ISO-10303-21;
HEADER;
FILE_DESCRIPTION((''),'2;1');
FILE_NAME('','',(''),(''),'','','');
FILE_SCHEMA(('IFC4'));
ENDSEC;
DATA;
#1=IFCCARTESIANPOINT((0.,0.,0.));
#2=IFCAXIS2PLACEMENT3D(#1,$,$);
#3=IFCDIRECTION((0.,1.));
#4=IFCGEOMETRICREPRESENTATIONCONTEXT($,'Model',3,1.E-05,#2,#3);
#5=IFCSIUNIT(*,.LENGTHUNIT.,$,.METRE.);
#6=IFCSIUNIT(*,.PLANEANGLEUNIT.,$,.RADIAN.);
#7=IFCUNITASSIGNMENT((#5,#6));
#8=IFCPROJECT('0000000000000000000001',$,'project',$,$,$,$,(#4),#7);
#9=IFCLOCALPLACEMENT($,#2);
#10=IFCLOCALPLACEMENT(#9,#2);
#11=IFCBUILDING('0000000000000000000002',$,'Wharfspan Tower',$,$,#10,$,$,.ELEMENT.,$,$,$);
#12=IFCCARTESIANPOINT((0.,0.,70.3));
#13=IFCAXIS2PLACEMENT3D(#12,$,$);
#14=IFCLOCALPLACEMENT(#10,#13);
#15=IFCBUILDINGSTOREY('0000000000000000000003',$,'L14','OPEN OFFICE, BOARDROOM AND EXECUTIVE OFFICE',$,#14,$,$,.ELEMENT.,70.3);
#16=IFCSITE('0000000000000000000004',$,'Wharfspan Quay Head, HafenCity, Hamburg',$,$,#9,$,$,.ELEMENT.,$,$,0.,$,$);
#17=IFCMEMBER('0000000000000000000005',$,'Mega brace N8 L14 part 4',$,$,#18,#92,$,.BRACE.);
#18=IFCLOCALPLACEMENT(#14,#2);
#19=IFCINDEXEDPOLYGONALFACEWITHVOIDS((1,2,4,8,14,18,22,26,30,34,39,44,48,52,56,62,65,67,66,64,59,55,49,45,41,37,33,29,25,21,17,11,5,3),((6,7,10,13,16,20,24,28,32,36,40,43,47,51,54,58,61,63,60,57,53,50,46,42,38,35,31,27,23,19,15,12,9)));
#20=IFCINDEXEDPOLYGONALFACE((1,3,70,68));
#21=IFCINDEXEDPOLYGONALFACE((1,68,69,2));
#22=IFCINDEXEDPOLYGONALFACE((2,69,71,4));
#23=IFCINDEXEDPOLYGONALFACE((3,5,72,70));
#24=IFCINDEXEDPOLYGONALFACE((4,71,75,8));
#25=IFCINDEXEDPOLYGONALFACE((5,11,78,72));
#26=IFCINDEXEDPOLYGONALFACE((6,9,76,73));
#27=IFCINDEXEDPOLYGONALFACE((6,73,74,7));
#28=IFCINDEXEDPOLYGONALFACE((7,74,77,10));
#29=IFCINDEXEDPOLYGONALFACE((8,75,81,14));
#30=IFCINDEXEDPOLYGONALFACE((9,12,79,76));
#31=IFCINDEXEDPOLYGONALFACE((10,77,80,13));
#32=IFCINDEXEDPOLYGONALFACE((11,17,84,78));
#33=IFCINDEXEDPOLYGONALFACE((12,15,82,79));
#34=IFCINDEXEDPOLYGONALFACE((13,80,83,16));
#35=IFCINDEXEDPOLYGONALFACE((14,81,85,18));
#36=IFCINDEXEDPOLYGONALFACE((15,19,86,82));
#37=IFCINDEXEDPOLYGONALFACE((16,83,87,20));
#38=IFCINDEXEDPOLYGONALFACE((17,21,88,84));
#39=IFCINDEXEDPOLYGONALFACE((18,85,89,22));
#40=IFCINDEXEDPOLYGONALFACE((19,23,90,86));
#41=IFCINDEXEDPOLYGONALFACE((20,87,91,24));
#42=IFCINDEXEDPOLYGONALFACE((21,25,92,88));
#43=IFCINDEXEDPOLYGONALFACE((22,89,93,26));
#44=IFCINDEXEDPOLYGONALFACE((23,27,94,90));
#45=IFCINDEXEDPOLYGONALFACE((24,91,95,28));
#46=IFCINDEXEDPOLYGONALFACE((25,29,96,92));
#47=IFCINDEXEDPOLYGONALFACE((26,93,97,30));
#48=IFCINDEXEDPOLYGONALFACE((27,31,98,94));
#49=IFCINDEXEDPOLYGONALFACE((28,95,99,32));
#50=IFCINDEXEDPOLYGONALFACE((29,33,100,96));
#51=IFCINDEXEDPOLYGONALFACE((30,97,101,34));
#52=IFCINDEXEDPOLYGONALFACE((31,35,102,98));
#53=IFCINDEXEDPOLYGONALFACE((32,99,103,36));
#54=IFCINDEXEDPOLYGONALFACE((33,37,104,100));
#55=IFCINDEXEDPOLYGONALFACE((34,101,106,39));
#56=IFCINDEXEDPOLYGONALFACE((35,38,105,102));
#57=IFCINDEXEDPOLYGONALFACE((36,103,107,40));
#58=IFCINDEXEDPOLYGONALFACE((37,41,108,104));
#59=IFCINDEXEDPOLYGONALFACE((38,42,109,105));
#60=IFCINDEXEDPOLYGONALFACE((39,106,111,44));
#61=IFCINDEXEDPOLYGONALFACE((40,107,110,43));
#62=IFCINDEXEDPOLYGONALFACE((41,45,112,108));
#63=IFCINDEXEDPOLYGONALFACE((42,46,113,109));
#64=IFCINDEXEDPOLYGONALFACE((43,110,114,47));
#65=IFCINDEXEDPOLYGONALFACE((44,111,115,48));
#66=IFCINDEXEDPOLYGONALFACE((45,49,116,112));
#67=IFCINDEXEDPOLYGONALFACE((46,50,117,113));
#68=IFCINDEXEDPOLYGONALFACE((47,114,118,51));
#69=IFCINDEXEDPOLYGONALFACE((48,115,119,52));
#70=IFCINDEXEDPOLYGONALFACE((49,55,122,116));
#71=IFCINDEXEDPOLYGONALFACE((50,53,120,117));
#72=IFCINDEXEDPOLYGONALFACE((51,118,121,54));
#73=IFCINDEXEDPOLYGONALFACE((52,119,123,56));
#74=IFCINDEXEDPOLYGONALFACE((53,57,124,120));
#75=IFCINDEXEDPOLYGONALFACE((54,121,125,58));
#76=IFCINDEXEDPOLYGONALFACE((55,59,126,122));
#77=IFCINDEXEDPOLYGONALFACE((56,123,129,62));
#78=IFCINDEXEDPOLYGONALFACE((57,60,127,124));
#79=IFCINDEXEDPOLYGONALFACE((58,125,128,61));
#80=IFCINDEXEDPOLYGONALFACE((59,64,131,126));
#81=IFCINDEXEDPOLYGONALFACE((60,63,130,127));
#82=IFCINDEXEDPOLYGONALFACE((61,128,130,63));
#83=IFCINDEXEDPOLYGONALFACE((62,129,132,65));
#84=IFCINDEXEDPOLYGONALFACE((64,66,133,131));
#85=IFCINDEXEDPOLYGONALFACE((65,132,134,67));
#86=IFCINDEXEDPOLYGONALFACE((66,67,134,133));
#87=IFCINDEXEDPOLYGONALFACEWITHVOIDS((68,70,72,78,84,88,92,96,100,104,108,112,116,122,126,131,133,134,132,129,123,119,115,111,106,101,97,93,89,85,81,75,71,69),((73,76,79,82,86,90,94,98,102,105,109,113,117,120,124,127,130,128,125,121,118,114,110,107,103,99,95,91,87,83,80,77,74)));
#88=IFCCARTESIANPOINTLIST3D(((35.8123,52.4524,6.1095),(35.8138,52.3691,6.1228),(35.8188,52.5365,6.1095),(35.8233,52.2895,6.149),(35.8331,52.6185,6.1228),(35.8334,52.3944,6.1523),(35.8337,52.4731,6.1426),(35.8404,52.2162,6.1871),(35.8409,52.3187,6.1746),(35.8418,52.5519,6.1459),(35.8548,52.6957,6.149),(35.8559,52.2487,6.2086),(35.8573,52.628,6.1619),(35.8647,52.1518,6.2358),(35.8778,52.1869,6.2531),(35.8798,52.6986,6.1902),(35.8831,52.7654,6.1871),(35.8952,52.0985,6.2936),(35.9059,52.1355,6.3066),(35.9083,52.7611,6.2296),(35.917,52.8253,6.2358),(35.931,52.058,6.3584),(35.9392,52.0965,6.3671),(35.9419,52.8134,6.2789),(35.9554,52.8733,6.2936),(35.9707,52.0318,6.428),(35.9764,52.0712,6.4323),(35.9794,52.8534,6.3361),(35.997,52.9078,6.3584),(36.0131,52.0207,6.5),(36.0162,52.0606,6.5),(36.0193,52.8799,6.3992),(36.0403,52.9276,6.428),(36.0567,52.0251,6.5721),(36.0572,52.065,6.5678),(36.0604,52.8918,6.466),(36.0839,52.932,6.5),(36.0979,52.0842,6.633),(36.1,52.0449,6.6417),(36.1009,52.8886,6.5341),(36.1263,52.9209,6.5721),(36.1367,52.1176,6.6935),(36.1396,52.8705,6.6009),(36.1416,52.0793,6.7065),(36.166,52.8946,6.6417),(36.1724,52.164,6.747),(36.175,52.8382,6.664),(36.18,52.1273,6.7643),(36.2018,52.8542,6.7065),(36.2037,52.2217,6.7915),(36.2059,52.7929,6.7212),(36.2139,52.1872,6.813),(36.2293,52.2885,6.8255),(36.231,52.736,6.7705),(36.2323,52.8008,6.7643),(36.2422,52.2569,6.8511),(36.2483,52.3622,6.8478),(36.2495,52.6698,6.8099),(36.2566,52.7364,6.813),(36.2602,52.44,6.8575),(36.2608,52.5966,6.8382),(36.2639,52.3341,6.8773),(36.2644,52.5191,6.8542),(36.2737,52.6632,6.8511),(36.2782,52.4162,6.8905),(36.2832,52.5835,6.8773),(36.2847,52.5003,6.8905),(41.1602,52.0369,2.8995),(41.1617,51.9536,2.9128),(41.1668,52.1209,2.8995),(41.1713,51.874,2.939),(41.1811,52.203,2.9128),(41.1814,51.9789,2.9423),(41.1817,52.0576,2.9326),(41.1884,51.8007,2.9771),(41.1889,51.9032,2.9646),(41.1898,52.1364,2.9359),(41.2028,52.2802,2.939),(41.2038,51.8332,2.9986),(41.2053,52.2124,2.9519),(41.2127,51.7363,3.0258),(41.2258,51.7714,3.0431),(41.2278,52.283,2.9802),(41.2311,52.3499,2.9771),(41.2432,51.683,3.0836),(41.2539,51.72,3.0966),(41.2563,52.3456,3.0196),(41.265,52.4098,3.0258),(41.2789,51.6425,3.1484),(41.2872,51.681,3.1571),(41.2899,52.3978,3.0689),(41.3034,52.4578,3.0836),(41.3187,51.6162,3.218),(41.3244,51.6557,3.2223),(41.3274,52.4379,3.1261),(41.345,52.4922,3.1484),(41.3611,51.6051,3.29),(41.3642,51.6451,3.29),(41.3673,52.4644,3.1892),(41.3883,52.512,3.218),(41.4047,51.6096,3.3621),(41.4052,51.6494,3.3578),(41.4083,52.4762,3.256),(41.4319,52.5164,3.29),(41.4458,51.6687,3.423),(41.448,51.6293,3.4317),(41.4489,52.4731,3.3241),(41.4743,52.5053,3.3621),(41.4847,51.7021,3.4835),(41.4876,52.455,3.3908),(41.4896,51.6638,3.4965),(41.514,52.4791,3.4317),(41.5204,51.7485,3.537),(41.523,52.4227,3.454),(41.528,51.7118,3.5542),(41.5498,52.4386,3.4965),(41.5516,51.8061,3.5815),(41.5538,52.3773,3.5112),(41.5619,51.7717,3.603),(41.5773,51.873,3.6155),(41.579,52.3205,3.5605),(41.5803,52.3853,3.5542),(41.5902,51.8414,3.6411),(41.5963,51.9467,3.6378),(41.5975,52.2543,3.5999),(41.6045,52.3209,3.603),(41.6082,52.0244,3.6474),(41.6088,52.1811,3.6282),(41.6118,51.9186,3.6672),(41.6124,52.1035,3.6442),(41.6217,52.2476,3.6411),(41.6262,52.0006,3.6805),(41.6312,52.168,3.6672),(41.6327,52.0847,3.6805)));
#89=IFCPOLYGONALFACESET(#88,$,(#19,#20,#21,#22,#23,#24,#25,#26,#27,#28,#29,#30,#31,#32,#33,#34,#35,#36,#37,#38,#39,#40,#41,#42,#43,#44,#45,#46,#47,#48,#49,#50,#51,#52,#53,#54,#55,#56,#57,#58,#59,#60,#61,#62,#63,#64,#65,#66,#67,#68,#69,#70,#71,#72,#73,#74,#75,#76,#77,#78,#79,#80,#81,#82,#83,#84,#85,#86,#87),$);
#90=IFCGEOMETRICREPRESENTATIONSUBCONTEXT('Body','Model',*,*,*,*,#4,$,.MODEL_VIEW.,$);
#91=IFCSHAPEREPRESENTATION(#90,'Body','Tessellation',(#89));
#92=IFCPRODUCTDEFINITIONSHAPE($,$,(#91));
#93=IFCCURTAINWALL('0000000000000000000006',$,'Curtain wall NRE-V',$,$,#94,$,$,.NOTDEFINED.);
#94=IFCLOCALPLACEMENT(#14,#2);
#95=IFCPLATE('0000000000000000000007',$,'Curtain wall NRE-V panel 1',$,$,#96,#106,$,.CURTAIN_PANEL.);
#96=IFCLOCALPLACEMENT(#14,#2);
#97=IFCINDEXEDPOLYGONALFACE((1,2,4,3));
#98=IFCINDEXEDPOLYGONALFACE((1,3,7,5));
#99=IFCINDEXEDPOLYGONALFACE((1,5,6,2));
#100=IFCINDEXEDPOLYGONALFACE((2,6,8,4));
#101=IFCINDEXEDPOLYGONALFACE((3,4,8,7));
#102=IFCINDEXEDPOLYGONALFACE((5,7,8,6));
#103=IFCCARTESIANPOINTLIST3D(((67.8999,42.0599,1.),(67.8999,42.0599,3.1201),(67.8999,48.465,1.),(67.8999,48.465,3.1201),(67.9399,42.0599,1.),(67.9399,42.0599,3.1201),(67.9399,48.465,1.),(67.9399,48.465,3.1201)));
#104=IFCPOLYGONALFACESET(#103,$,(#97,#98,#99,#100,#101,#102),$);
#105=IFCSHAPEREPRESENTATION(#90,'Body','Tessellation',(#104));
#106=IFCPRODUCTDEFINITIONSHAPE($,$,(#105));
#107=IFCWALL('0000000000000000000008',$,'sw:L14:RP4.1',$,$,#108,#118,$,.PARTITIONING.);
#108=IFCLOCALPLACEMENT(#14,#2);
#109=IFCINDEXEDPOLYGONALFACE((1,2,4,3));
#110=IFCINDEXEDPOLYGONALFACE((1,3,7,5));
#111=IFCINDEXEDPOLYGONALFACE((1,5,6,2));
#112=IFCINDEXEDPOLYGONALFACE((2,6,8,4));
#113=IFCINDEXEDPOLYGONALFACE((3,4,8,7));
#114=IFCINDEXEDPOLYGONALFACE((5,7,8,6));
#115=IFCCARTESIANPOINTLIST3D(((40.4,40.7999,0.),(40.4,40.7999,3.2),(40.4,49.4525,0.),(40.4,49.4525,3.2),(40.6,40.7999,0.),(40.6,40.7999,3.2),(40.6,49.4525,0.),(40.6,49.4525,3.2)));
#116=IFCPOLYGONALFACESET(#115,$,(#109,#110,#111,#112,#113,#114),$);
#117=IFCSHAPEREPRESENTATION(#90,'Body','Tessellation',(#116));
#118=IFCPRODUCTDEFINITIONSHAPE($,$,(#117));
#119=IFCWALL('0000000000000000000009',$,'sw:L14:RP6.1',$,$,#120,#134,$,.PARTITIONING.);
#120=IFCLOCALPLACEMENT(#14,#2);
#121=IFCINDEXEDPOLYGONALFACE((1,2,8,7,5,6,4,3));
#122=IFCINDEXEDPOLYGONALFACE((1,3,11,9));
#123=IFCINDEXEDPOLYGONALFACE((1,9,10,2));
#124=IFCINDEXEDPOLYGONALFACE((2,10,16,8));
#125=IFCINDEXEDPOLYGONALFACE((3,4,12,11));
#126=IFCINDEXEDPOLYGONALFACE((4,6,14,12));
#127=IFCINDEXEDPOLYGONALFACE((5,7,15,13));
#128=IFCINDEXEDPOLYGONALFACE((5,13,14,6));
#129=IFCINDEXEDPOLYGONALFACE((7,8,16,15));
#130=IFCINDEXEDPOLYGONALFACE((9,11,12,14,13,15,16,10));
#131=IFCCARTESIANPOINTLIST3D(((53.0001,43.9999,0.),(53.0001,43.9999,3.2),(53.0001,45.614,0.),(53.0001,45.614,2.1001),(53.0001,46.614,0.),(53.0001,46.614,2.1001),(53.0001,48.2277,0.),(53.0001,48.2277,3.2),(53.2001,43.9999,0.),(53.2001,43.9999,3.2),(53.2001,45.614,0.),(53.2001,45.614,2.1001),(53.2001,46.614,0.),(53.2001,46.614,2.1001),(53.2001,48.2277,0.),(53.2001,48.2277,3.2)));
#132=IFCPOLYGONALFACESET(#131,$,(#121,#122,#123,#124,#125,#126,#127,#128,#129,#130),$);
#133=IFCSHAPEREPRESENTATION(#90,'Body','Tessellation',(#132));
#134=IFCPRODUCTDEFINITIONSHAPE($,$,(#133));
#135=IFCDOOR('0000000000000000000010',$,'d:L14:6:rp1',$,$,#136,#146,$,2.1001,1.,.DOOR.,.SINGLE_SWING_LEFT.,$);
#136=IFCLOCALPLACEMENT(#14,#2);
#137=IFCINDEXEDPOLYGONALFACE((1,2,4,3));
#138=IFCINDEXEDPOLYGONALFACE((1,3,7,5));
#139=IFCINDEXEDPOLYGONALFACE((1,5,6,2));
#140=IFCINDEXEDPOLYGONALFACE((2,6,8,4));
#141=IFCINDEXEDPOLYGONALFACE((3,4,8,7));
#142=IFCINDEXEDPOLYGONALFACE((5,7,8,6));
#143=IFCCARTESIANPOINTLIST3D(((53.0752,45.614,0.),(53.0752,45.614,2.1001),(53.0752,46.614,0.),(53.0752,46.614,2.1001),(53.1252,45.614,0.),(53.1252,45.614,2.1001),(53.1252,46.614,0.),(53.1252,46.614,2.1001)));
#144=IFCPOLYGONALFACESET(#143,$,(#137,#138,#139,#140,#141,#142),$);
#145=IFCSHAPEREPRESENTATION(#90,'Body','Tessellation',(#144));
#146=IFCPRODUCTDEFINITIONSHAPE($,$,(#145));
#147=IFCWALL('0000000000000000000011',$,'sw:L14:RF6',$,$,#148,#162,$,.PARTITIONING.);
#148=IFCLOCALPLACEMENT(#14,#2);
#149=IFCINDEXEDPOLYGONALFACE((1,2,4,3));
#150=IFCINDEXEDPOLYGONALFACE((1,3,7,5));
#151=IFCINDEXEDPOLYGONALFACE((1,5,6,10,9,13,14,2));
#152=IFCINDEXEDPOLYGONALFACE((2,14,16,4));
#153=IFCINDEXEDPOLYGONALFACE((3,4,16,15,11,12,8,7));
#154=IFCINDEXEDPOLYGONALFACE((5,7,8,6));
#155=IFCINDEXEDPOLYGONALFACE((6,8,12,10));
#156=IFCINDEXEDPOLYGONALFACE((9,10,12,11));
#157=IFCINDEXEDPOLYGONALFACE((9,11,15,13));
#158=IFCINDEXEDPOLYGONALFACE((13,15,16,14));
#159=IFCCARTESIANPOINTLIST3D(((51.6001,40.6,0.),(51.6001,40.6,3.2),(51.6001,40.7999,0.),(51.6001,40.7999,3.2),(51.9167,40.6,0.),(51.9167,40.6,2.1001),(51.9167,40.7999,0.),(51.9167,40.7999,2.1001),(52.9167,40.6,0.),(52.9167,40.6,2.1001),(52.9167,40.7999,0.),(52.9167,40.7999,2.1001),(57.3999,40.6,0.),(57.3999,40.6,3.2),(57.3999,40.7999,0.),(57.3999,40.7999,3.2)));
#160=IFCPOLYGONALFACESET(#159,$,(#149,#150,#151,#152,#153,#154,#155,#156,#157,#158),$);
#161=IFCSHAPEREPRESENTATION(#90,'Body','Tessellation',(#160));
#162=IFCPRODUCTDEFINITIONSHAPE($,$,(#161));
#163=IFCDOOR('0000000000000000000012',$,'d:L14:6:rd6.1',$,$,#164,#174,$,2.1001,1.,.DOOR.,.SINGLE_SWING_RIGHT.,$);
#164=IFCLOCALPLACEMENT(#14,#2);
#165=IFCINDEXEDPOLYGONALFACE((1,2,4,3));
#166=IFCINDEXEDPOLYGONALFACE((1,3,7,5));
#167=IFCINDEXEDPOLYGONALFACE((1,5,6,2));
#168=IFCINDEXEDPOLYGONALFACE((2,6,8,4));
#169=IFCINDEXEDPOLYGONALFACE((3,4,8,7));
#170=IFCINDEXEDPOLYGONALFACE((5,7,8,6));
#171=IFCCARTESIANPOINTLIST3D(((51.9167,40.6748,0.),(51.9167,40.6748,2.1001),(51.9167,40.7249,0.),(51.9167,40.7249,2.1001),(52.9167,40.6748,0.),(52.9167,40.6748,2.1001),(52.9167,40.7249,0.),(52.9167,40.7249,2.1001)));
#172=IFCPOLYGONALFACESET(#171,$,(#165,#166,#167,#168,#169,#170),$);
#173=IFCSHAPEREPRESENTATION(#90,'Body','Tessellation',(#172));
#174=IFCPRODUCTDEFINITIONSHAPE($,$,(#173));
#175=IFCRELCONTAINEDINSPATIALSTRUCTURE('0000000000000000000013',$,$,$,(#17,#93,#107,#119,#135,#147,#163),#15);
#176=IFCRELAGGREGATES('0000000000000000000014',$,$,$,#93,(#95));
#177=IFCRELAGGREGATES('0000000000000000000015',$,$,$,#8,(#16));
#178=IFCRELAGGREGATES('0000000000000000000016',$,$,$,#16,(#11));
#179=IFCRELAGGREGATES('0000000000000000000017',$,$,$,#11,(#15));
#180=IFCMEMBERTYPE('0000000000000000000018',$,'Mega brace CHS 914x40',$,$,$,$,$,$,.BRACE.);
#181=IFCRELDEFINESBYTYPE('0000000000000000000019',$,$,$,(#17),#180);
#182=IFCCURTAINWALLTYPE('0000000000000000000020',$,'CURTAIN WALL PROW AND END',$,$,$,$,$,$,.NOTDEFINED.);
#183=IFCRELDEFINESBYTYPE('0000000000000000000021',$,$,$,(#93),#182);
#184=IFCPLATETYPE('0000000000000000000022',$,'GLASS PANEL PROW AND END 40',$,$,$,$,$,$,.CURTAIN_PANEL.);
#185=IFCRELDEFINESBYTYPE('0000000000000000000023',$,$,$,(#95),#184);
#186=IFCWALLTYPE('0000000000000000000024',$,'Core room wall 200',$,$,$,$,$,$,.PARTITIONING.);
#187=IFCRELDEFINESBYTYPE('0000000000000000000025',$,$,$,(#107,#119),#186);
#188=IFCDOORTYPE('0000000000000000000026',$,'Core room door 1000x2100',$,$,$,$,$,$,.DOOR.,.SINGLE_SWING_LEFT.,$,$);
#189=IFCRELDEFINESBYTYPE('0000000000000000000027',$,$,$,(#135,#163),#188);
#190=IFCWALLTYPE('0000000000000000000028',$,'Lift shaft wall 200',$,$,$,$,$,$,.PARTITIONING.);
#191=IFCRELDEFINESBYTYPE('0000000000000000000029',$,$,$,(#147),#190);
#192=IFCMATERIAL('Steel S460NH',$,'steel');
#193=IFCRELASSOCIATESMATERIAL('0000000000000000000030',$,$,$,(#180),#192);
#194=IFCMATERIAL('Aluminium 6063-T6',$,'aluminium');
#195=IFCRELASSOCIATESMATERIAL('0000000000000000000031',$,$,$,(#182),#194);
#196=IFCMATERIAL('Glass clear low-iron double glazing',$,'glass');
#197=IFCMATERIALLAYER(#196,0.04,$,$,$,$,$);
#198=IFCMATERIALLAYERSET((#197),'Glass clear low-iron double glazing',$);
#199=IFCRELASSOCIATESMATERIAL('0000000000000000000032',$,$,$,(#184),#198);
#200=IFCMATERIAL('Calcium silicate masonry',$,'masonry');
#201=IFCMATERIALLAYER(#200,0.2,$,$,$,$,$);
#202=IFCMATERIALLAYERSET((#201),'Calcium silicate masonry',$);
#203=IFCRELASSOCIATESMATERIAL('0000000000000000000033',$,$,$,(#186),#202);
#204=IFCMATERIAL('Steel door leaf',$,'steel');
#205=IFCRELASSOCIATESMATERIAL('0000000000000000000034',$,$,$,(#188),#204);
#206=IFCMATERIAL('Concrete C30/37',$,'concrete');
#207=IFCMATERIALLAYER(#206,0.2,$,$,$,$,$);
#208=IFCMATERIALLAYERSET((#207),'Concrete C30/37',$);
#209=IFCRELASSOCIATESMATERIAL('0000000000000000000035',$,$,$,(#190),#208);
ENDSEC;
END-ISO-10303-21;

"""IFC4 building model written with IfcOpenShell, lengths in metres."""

from ifc_helpers import new_model, si_unit, direction, frame, frame_2d, origin, origin_2d, place, context, subcontext, project, spatial, rectangle, hollow_circle, extrude, material, layer, layer_set, material_profile, profile_set, type_object, element, fill, aggregate, save


model = new_model("IFC4")

# Units and contexts
model_context = context("Model", 3, precision=1e-05, world=origin(), true_north=direction((0.0, 1.0)))
body_context = subcontext(model_context, "Body", "Model", "MODEL_VIEW")
ifc_project = project(units=[si_unit("LENGTHUNIT", "METRE"), si_unit("PLANEANGLEUNIT", "RADIAN")], contexts=[model_context])

# Site, building, storey
site_placement = place(None, origin())
site = spatial("IfcSite", under=ifc_project, at=site_placement, Name="Wharfspan Quay Head, HafenCity, Hamburg", CompositionType="ELEMENT", RefElevation=0.0)
building_placement = place(site_placement, origin())
building = spatial("IfcBuilding", under=site, at=building_placement, Name="Wharfspan Tower", CompositionType="ELEMENT")
storey_placement = place(building_placement, frame((0.0, 0.0, 70.3)))
storey = spatial("IfcBuildingStorey", under=building, at=storey_placement, Name="L14", Description="OPEN OFFICE, BOARDROOM AND EXECUTIVE OFFICE", CompositionType="ELEMENT", Elevation=70.3)

# Member
ifc_material_1 = material(Name="Steel S460NH", Category="steel")
ifc_material_profile_1 = material_profile(ifc_material_1, hollow_circle(Radius=0.457, WallThickness=0.04, at=origin_2d()))
ifc_profile_set_1 = profile_set([ifc_material_profile_1], Name="Steel S460NH")
member_type = type_object("IfcMemberType", Name="Mega brace CHS 914x40", PredefinedType="BRACE", material=ifc_profile_set_1)
for number, where, z_axis, x_axis, name in (
    (1, (41.3965, 52.0608, 3.29), (-0.85551, 0.066472, 0.513501), (-0.077467, -0.996995, -0.000003), "Mega brace N8 L14 part 4"),
):
    element("IfcMember", number, at=place(storey_placement, frame(where, z_axis=z_axis, x_axis=x_axis)), inside=storey, type_object=member_type, Name=name, PredefinedType="BRACE", context=body_context, shape_type="SweptSolid", body=[
        extrude(hollow_circle(Radius=0.457, WallThickness=0.04, at=origin_2d()), origin(), (0.0, 0.0, 1.0), 6.2512),
    ])

# Curtain wall, plate
ifc_material_2 = material(Name="Aluminium 6063-T6", Category="aluminium")
curtain_wall_type = type_object("IfcCurtainWallType", Name="CURTAIN WALL PROW AND END", PredefinedType="NOTDEFINED", material=ifc_material_2)
curtain_wall_placement = place(storey_placement, origin())
curtain_wall = element("IfcCurtainWall", 2, at=curtain_wall_placement, inside=storey, type_object=curtain_wall_type, Name="Curtain wall NRE-V", PredefinedType="NOTDEFINED")
ifc_material_3 = material(Name="Glass clear low-iron double glazing", Category="glass")
ifc_layer_1 = layer(ifc_material_3, 0.04)
ifc_layer_set_1 = layer_set([ifc_layer_1], Name="Glass clear low-iron double glazing")
plate_type = type_object("IfcPlateType", Name="GLASS PANEL PROW AND END 40", PredefinedType="CURTAIN_PANEL", material=ifc_layer_set_1)
plate_placement = place(storey_placement, frame((67.9199, 45.2625, 1.0), z_axis=(0.0, 0.0, 1.0), x_axis=(0.0, 1.0, 0.0)))
plate = element("IfcPlate", 3, at=plate_placement, type_object=plate_type, Name="Curtain wall NRE-V panel 1", PredefinedType="CURTAIN_PANEL", context=body_context, shape_type="SweptSolid", body=[
    extrude(rectangle(XDim=6.405, YDim=0.04, at=origin_2d()), origin(), (0.0, 0.0, 1.0), 2.1201),
])
aggregate(curtain_wall, [plate])

# Wall
ifc_material_4 = material(Name="Calcium silicate masonry", Category="masonry")
ifc_layer_2 = layer(ifc_material_4, 0.2)
ifc_layer_set_2 = layer_set([ifc_layer_2], Name="Calcium silicate masonry")
wall_type_1 = type_object("IfcWallType", Name="Core room wall 200", PredefinedType="PARTITIONING", material=ifc_layer_set_2)
wall_1_placement = place(storey_placement, frame((40.5, 40.8, 0.0), z_axis=(0.0, 0.0, 1.0), x_axis=(0.0, 1.0, 0.0)))
element("IfcWall", 4, at=wall_1_placement, inside=storey, type_object=wall_type_1, Name="sw:L14:RP4.1", PredefinedType="PARTITIONING", context=body_context, shape_type="SweptSolid", body=[
    extrude(rectangle(XDim=8.6526, YDim=0.2, at=frame_2d((4.3262, 0.0))), origin(), (0.0, 0.0, 1.0), 3.2),
])

# Walls, openings, doors
wall_2_placement = place(storey_placement, frame((53.1001, 44.0, 0.0), z_axis=(0.0, 0.0, 1.0), x_axis=(0.0, 1.0, 0.0)))
wall_2 = element("IfcWall", 5, at=wall_2_placement, inside=storey, type_object=wall_type_1, Name="sw:L14:RP6.1", PredefinedType="PARTITIONING", context=body_context, shape_type="SweptSolid", body=[
    extrude(rectangle(XDim=4.2278, YDim=0.2, at=frame_2d((2.1138, 0.0))), origin(), (0.0, 0.0, 1.0), 3.2),
])
opening_1_placement = place(wall_2_placement, frame((1.614, 0.0, 0.0)))
opening_1 = element("IfcOpeningElement", 6, at=opening_1_placement, cuts=wall_2, PredefinedType="OPENING", context=body_context, shape_type="SweptSolid", body=[
    extrude(rectangle(XDim=1.0, YDim=2.1001, at=frame_2d((0.5, 1.05))), frame((0.0, 0.1099, 0.0), z_axis=(0.0, -1.0, 0.0), x_axis=(1.0, 0.0, 0.0)), (0.0, 0.0, 1.0), 0.22),
])
ifc_material_5 = material(Name="Steel door leaf", Category="steel")
door_type_1 = type_object("IfcDoorType", Name="Core room door 1000x2100", OperationType="SINGLE_SWING_LEFT", PredefinedType="DOOR", material=ifc_material_5)
door_1_placement = place(opening_1_placement, origin())
door_1 = element("IfcDoor", 7, at=door_1_placement, inside=storey, type_object=door_type_1, Name="d:L14:6:rp1", OperationType="SINGLE_SWING_LEFT", OverallHeight=2.1001, OverallWidth=1.0, PredefinedType="DOOR", context=body_context, shape_type="SweptSolid", body=[
    extrude(rectangle(XDim=1.0, YDim=2.1001, at=frame_2d((0.5, 1.05))), frame((0.0, 0.0249, 0.0), z_axis=(0.0, -1.0, 0.0), x_axis=(1.0, 0.0, 0.0)), (0.0, 0.0, 1.0), 0.05),
])
fill(opening_1, door_1)
ifc_material_6 = material(Name="Concrete C30/37", Category="concrete")
ifc_layer_3 = layer(ifc_material_6, 0.2)
ifc_layer_set_3 = layer_set([ifc_layer_3], Name="Concrete C30/37")
wall_type_2 = type_object("IfcWallType", Name="Lift shaft wall 200", PredefinedType="PARTITIONING", material=ifc_layer_set_3)
wall_3_placement = place(storey_placement, frame((51.6001, 40.7, 0.0), z_axis=(0.0, 0.0, 1.0), x_axis=(1.0, 0.0, 0.0)))
wall_3 = element("IfcWall", 8, at=wall_3_placement, inside=storey, type_object=wall_type_2, Name="sw:L14:RF6", PredefinedType="PARTITIONING", context=body_context, shape_type="SweptSolid", body=[
    extrude(rectangle(XDim=5.7998, YDim=0.2, at=frame_2d((2.8999, 0.0))), origin(), (0.0, 0.0, 1.0), 3.2),
])
opening_2_placement = place(wall_3_placement, frame((0.3166, 0.0, 0.0)))
opening_2 = element("IfcOpeningElement", 9, at=opening_2_placement, cuts=wall_3, PredefinedType="OPENING", context=body_context, shape_type="SweptSolid", body=[
    extrude(rectangle(XDim=1.0, YDim=2.1001, at=frame_2d((0.5, 1.05))), frame((0.0, 0.1099, 0.0), z_axis=(0.0, -1.0, 0.0), x_axis=(1.0, 0.0, 0.0)), (0.0, 0.0, 1.0), 0.22),
])
door_2_placement = place(opening_2_placement, origin())
door_2 = element("IfcDoor", 10, at=door_2_placement, inside=storey, type_object=door_type_1, Name="d:L14:6:rd6.1", OperationType="SINGLE_SWING_RIGHT", OverallHeight=2.1001, OverallWidth=1.0, PredefinedType="DOOR", context=body_context, shape_type="SweptSolid", body=[
    extrude(rectangle(XDim=1.0, YDim=2.1001, at=frame_2d((0.5, 1.05))), frame((0.0, 0.0249, 0.0), z_axis=(0.0, -1.0, 0.0), x_axis=(1.0, 0.0, 0.0)), (0.0, 0.0, 1.0), 0.05),
])
fill(opening_2, door_2)

save(model, "model.ifc")
